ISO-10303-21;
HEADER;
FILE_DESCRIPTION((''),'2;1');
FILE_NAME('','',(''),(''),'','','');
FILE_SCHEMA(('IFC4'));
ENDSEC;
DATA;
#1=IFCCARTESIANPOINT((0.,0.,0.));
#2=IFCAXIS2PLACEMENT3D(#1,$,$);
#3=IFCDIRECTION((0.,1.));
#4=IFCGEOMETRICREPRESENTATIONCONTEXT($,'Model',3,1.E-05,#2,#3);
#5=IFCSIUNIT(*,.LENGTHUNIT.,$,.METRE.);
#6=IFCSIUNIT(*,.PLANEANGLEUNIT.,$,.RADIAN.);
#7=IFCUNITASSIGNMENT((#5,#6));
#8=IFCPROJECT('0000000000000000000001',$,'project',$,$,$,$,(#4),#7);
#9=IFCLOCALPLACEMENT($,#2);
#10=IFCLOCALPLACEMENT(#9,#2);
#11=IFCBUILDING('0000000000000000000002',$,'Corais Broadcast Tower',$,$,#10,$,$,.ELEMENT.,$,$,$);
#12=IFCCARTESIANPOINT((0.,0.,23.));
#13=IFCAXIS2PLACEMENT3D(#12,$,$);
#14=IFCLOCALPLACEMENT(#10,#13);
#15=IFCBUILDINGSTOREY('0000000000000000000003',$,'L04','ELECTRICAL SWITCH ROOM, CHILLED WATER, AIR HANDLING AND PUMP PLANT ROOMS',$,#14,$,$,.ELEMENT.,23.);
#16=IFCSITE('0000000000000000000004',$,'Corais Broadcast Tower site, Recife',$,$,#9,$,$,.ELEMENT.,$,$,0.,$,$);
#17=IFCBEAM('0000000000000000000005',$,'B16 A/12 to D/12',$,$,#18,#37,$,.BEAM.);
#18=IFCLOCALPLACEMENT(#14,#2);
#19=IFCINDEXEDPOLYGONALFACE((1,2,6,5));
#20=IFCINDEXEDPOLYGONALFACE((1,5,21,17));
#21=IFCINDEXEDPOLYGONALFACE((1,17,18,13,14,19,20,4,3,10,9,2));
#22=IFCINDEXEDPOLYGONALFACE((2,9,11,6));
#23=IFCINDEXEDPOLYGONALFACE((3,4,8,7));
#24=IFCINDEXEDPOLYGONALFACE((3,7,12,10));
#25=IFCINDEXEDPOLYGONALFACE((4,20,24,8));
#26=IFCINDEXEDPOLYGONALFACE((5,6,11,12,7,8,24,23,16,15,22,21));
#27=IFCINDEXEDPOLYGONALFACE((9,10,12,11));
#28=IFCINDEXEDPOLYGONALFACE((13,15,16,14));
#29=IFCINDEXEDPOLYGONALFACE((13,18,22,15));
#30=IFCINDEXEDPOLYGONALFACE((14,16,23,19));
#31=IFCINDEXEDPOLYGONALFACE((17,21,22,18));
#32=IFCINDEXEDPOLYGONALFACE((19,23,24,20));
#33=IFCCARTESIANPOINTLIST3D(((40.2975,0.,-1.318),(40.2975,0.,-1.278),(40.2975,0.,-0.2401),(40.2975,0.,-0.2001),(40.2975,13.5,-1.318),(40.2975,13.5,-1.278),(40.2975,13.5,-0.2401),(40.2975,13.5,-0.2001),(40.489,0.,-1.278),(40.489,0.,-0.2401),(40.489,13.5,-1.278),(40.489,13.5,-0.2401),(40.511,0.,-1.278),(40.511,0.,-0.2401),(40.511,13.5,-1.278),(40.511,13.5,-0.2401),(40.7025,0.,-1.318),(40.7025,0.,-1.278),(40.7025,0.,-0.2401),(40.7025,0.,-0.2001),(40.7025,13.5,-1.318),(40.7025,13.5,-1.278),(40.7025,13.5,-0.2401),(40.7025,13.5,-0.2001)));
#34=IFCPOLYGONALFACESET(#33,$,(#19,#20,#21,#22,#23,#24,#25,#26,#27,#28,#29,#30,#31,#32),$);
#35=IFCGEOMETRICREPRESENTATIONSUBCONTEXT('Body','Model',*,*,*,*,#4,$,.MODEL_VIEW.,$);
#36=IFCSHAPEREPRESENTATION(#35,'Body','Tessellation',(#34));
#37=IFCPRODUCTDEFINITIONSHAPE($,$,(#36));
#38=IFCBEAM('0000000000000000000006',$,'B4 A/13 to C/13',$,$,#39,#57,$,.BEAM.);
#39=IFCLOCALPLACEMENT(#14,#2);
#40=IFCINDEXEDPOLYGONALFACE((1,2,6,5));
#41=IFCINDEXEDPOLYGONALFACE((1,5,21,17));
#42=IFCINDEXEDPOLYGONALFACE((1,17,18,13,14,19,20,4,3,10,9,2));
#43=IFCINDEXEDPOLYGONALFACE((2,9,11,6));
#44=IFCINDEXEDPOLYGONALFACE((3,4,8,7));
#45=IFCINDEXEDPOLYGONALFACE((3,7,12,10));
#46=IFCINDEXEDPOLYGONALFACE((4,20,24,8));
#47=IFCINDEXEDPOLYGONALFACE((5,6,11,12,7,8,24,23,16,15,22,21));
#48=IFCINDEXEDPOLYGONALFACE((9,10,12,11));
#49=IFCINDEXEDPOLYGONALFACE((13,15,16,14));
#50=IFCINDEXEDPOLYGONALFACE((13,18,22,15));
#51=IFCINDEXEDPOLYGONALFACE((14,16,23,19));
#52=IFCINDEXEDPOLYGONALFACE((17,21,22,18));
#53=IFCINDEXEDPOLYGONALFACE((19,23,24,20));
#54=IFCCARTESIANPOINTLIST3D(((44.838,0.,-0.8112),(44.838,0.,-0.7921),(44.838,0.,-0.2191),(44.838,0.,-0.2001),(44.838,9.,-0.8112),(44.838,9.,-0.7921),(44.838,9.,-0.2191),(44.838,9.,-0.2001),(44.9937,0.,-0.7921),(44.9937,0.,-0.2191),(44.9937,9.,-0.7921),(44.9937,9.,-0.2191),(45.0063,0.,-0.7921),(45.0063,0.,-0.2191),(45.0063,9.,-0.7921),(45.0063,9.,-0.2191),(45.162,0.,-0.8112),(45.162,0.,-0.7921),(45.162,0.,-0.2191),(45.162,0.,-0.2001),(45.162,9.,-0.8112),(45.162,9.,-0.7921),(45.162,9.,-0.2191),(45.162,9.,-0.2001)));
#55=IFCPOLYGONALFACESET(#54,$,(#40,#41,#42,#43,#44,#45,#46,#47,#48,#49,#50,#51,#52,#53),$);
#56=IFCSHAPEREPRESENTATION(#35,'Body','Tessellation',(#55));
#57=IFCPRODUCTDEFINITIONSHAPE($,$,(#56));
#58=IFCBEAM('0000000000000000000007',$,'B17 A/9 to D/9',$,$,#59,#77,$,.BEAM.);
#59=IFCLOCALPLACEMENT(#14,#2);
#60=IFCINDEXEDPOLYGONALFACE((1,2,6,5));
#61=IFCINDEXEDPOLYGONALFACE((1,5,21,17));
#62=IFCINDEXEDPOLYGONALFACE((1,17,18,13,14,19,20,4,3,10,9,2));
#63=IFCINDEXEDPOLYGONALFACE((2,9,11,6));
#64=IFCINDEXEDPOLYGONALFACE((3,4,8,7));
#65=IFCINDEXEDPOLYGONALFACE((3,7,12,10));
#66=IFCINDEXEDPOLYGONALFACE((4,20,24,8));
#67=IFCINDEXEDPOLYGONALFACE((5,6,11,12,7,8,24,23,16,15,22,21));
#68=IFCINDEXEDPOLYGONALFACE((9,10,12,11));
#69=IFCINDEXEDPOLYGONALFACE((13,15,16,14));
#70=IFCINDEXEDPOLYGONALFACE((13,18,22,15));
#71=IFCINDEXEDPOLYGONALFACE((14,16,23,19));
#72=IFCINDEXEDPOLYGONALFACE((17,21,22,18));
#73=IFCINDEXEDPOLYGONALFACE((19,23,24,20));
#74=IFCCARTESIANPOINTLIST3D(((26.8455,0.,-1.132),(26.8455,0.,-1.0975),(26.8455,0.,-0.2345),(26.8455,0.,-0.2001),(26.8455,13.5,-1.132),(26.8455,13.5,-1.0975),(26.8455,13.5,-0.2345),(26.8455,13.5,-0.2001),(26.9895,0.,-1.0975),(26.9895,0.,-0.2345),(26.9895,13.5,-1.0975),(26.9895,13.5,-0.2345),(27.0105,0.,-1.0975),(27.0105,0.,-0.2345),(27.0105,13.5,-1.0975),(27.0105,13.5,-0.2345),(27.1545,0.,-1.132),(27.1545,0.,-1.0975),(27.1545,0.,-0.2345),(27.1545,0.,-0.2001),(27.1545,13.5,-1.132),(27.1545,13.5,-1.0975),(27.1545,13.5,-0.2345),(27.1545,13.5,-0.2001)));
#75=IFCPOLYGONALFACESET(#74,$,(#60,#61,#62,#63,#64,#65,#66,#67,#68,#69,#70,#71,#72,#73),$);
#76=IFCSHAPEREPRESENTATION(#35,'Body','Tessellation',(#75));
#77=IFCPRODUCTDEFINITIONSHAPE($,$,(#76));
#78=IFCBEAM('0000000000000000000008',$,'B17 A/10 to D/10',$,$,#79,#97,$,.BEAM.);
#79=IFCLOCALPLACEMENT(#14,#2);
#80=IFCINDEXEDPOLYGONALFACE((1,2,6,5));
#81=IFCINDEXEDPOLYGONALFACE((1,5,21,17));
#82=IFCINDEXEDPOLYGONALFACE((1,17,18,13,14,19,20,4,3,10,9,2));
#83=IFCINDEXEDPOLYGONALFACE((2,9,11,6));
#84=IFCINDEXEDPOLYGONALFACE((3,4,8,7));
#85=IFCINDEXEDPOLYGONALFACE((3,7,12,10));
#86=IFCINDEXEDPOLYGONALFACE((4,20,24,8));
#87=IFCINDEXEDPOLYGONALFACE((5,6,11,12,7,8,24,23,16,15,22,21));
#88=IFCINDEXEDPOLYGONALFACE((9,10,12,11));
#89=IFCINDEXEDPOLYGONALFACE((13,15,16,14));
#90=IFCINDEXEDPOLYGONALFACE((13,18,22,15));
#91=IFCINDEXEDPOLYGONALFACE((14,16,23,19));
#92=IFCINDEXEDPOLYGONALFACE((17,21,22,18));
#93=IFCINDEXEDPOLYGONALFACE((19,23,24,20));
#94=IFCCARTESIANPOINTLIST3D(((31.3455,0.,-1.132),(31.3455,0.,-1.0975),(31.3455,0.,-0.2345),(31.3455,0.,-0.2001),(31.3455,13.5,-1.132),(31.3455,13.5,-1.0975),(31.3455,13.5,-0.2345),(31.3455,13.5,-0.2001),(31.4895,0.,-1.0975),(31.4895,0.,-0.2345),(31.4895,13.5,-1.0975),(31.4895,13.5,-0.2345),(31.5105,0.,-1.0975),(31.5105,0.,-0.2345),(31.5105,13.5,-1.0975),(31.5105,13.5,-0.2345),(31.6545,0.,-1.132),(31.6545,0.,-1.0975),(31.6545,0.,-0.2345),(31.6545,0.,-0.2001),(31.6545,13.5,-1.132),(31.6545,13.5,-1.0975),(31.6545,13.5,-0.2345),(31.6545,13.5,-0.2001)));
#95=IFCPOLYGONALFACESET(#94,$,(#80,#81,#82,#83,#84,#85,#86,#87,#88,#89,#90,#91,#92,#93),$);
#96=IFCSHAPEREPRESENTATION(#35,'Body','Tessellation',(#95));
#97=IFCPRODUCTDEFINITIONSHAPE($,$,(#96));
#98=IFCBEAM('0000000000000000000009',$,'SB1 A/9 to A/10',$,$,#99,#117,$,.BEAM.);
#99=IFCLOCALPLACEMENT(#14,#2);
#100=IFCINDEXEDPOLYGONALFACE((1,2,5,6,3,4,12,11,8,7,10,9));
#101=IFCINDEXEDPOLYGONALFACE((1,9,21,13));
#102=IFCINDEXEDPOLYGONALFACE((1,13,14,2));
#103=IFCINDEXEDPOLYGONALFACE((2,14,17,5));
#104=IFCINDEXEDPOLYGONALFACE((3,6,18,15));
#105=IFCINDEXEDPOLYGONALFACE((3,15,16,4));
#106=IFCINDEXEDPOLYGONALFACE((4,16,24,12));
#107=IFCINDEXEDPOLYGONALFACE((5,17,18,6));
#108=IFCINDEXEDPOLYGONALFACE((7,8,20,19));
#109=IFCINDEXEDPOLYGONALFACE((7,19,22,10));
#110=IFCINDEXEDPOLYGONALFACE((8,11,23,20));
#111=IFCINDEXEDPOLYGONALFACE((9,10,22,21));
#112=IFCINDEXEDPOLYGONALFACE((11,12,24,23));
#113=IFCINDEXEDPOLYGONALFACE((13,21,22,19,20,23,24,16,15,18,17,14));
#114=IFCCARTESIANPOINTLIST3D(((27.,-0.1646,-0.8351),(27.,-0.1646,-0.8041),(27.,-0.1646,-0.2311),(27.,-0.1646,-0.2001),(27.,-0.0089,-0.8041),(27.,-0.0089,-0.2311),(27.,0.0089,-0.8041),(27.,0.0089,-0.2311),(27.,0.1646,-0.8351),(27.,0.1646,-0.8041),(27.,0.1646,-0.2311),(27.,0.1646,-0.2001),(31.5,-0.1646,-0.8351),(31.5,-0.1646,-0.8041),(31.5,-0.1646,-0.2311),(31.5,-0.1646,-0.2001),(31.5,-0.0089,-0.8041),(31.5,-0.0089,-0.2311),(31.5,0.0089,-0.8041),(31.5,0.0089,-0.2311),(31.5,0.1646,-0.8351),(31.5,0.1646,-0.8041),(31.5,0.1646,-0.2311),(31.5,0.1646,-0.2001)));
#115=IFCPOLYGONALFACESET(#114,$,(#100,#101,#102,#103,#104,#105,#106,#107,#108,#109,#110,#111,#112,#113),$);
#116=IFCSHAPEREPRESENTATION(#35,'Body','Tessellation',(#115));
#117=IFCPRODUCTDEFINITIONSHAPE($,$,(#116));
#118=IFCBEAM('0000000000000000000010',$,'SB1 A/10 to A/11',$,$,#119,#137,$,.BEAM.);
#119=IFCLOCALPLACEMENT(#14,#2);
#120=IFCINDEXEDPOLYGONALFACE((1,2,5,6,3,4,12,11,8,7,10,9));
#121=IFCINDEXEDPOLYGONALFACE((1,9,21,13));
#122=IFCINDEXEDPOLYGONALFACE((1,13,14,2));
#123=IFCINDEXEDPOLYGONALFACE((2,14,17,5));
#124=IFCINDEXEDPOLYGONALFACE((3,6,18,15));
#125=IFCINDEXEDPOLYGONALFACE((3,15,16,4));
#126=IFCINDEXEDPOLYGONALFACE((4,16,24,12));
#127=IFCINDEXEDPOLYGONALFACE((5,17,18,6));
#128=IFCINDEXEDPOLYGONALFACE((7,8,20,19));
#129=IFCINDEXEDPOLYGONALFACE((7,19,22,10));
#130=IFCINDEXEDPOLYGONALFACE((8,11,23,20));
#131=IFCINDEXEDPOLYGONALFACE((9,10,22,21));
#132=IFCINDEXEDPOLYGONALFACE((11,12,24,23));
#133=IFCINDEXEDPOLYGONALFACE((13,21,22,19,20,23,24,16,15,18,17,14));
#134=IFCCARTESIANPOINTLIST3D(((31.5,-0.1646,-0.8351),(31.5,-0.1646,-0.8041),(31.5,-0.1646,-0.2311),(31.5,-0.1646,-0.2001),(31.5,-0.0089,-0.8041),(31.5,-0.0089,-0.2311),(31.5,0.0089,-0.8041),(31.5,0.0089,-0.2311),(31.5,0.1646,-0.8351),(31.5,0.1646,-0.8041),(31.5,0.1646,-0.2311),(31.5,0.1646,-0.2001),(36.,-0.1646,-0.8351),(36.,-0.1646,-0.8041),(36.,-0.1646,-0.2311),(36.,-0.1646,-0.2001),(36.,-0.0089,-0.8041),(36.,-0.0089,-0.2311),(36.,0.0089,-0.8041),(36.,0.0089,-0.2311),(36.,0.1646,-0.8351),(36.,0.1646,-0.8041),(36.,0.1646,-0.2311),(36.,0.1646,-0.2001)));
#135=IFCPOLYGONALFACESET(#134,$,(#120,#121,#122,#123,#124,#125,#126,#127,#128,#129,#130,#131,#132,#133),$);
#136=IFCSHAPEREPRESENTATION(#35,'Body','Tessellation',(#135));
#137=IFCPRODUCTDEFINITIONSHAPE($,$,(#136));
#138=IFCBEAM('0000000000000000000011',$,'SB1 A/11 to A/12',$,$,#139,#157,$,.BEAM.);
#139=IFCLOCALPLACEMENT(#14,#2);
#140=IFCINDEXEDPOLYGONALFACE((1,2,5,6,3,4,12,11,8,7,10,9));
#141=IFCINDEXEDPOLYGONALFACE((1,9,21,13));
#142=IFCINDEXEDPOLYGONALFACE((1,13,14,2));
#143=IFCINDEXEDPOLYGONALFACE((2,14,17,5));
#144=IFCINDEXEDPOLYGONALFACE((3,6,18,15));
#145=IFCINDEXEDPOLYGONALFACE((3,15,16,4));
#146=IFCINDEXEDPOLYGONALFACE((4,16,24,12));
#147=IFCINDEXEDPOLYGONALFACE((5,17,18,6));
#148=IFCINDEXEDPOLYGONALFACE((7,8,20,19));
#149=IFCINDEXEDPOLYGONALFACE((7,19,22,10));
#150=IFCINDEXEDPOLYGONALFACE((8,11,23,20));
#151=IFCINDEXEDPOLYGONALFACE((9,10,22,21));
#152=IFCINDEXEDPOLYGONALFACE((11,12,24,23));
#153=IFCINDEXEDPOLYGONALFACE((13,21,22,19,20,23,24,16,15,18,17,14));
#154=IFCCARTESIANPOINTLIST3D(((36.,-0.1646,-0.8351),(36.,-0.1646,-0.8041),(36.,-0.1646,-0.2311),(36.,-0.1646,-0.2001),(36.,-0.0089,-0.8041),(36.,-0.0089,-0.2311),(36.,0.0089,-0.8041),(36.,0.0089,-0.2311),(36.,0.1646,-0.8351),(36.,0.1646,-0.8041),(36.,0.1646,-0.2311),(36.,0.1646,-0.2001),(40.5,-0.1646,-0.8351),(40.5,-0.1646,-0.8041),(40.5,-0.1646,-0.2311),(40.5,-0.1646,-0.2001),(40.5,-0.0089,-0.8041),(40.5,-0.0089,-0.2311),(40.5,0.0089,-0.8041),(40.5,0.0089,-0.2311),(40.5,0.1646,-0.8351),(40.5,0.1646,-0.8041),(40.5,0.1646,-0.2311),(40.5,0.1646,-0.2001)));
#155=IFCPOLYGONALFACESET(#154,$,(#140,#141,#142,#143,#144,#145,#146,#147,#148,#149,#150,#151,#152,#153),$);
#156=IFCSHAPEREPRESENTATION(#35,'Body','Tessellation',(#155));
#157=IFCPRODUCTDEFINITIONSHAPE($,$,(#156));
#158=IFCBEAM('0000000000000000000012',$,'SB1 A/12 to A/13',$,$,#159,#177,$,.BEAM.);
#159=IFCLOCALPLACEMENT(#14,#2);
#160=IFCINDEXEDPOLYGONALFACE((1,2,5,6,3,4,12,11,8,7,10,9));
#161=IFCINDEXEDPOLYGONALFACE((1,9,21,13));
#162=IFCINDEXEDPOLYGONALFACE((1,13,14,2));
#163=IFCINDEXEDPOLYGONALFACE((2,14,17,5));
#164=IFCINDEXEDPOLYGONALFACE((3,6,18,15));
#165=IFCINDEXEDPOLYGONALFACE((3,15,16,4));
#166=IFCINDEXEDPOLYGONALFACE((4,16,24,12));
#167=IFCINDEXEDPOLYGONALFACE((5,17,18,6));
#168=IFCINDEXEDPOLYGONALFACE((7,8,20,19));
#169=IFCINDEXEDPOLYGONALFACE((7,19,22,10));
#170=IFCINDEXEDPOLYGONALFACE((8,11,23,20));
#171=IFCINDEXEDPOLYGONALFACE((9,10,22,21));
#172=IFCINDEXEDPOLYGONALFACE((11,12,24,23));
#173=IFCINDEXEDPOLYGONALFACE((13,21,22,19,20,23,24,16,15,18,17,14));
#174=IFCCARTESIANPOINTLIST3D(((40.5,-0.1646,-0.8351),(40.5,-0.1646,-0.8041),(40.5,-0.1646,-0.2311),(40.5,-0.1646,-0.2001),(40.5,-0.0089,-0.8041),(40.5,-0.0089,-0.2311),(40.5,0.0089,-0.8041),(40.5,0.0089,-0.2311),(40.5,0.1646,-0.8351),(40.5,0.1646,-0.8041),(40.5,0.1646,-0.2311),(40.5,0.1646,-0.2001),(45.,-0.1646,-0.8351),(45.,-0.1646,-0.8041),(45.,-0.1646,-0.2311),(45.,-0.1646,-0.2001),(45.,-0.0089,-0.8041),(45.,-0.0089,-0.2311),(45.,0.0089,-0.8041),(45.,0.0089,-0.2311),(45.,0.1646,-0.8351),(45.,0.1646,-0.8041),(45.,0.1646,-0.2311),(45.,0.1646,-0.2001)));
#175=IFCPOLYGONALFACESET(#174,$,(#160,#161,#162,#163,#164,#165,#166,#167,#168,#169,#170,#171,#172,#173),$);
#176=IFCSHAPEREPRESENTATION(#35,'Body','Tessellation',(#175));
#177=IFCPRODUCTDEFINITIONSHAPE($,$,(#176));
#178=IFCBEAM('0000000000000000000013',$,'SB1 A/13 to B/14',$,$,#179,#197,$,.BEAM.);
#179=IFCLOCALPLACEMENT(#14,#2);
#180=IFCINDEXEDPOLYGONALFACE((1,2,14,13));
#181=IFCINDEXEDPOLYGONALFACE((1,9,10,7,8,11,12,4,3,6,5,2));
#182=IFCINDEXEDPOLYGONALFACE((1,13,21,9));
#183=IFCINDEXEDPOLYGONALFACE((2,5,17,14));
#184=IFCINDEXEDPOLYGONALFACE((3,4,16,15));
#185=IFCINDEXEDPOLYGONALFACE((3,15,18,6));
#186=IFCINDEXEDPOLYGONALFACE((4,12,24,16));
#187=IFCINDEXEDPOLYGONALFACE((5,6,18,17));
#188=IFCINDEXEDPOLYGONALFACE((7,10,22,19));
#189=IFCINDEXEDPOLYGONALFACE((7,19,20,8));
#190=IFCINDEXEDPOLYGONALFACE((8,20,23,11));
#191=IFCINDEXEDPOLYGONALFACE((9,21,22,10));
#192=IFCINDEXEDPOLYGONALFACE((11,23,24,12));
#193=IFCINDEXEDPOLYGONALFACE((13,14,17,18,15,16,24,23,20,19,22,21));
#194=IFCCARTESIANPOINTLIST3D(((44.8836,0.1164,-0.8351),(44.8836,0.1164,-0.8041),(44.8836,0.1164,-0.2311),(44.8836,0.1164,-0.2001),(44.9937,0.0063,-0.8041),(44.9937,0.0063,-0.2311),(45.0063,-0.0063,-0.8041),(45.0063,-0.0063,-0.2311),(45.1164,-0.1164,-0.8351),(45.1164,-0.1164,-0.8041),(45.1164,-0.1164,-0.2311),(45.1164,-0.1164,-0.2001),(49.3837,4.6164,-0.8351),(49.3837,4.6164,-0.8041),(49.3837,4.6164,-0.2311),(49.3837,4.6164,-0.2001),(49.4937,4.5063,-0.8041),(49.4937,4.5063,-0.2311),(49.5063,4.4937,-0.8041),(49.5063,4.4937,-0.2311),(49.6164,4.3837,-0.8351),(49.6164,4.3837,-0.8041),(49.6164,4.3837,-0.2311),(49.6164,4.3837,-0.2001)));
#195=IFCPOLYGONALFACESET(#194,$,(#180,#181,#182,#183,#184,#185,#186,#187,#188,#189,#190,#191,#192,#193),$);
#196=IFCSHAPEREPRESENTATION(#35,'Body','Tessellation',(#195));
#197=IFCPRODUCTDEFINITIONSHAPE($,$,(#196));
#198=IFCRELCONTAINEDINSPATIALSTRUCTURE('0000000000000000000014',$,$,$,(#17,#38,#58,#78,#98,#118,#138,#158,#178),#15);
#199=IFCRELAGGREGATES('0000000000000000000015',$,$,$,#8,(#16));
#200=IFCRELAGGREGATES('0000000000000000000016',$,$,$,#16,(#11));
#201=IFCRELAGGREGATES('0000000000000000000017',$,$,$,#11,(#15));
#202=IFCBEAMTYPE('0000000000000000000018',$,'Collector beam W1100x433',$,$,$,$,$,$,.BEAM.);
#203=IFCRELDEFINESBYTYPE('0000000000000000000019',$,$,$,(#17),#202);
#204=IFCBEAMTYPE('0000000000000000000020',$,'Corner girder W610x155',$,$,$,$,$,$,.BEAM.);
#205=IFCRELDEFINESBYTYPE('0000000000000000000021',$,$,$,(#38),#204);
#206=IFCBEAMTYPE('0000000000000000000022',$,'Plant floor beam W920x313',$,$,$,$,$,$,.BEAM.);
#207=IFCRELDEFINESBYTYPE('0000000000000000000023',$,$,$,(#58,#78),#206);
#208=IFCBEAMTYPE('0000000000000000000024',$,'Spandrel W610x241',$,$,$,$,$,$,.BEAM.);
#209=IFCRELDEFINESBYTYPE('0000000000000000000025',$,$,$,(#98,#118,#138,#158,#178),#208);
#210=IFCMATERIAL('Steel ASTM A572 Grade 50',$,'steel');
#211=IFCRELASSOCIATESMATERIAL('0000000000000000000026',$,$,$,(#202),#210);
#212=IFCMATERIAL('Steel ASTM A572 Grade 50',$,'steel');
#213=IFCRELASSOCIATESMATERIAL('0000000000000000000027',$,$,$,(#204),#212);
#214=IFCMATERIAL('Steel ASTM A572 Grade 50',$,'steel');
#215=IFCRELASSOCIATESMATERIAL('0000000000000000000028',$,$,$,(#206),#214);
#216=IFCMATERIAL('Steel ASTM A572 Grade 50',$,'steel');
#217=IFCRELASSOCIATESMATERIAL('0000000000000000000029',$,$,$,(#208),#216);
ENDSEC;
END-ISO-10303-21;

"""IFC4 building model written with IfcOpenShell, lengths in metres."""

from ifc_helpers import new_model, si_unit, direction, frame, origin, origin_2d, place, context, subcontext, project, spatial, i_section, extrude, material, material_profile, profile_set, type_object, element, save


model = new_model("IFC4")

# Units and contexts
model_context = context("Model", 3, precision=1e-05, world=origin(), true_north=direction((0.0, 1.0)))
body_context = subcontext(model_context, "Body", "Model", "MODEL_VIEW")
ifc_project = project(units=[si_unit("LENGTHUNIT", "METRE"), si_unit("PLANEANGLEUNIT", "RADIAN")], contexts=[model_context])

# Site, building, storey
site_placement = place(None, origin())
site = spatial("IfcSite", under=ifc_project, at=site_placement, Name="Corais Broadcast Tower site, Recife", CompositionType="ELEMENT", RefElevation=0.0)
building_placement = place(site_placement, origin())
building = spatial("IfcBuilding", under=site, at=building_placement, Name="Corais Broadcast Tower", CompositionType="ELEMENT")
storey_placement = place(building_placement, frame((0.0, 0.0, 23.0)))
storey = spatial("IfcBuildingStorey", under=building, at=storey_placement, Name="L04", Description="ELECTRICAL SWITCH ROOM, CHILLED WATER, AIR HANDLING AND PUMP PLANT ROOMS", CompositionType="ELEMENT", Elevation=23.0)

# Beams
ifc_material_1 = material(Name="Steel ASTM A572 Grade 50", Category="steel")
ifc_material_profile_1 = material_profile(ifc_material_1, i_section(OverallWidth=0.405, OverallDepth=1.1179, WebThickness=0.022, FlangeThickness=0.04, at=origin_2d()), Name="W1100x433")
ifc_profile_set_1 = profile_set([ifc_material_profile_1], Name="Steel ASTM A572 Grade 50")
beam_type_1 = type_object("IfcBeamType", Name="Collector beam W1100x433", PredefinedType="BEAM", material=ifc_profile_set_1)
for number, where, z_axis, x_axis, name in (
    (1, (40.5, 0.0, -0.759), (0.0, 1.0, 0.0), (-1.0, 0.0, 0.0), "B16 A/12 to D/12"),
):
    element("IfcBeam", number, at=place(storey_placement, frame(where, z_axis=z_axis, x_axis=x_axis)), inside=storey, type_object=beam_type_1, Name=name, PredefinedType="BEAM", context=body_context, shape_type="SweptSolid", body=[
        extrude(i_section(OverallWidth=0.405, OverallDepth=1.1179, WebThickness=0.022, FlangeThickness=0.04, at=origin_2d()), origin(), (0.0, 0.0, 1.0), 13.5),
    ])
ifc_material_2 = material(Name="Steel ASTM A572 Grade 50", Category="steel")
ifc_material_profile_2 = material_profile(ifc_material_2, i_section(OverallWidth=0.324, OverallDepth=0.6111, WebThickness=0.0127, FlangeThickness=0.019, at=origin_2d()), Name="W610x155")
ifc_profile_set_2 = profile_set([ifc_material_profile_2], Name="Steel ASTM A572 Grade 50")
beam_type_2 = type_object("IfcBeamType", Name="Corner girder W610x155", PredefinedType="BEAM", material=ifc_profile_set_2)
beam_1_placement = place(storey_placement, frame((45.0, 0.0, -0.5056), z_axis=(0.0, 1.0, 0.0), x_axis=(-1.0, 0.0, 0.0)))
element("IfcBeam", 2, at=beam_1_placement, inside=storey, type_object=beam_type_2, Name="B4 A/13 to C/13", PredefinedType="BEAM", context=body_context, shape_type="SweptSolid", body=[
    extrude(i_section(OverallWidth=0.324, OverallDepth=0.6111, WebThickness=0.0127, FlangeThickness=0.019, at=origin_2d()), origin(), (0.0, 0.0, 1.0), 9.0),
])
ifc_material_3 = material(Name="Steel ASTM A572 Grade 50", Category="steel")
ifc_material_profile_3 = material_profile(ifc_material_3, i_section(OverallWidth=0.3091, OverallDepth=0.9319, WebThickness=0.021, FlangeThickness=0.0344, at=origin_2d()), Name="W920x313")
ifc_profile_set_3 = profile_set([ifc_material_profile_3], Name="Steel ASTM A572 Grade 50")
beam_type_3 = type_object("IfcBeamType", Name="Plant floor beam W920x313", PredefinedType="BEAM", material=ifc_profile_set_3)
for number, where, z_axis, x_axis, name in (
    (3, (27.0, 0.0, -0.666), (0.0, 1.0, 0.0), (-1.0, 0.0, 0.0), "B17 A/9 to D/9"),
    (4, (31.5, 0.0, -0.666), (0.0, 1.0, 0.0), (-1.0, 0.0, 0.0), "B17 A/10 to D/10"),
):
    element("IfcBeam", number, at=place(storey_placement, frame(where, z_axis=z_axis, x_axis=x_axis)), inside=storey, type_object=beam_type_3, Name=name, PredefinedType="BEAM", context=body_context, shape_type="SweptSolid", body=[
        extrude(i_section(OverallWidth=0.3091, OverallDepth=0.9319, WebThickness=0.021, FlangeThickness=0.0344, at=origin_2d()), origin(), (0.0, 0.0, 1.0), 13.5),
    ])
ifc_material_4 = material(Name="Steel ASTM A572 Grade 50", Category="steel")
ifc_material_profile_4 = material_profile(ifc_material_4, i_section(OverallWidth=0.3291, OverallDepth=0.635, WebThickness=0.0178, FlangeThickness=0.031, at=origin_2d()), Name="W610x241")
ifc_profile_set_4 = profile_set([ifc_material_profile_4], Name="Steel ASTM A572 Grade 50")
beam_type_4 = type_object("IfcBeamType", Name="Spandrel W610x241", PredefinedType="BEAM", material=ifc_profile_set_4)
for number, where, z_axis, x_axis, name in (
    (5, (27.0, 0.0, -0.5176), (1.0, 0.0, 0.0), (0.0, 1.0, 0.0), "SB1 A/9 to A/10"),
    (6, (31.5, 0.0, -0.5176), (1.0, 0.0, 0.0), (0.0, 1.0, 0.0), "SB1 A/10 to A/11"),
    (7, (36.0, 0.0, -0.5176), (1.0, 0.0, 0.0), (0.0, 1.0, 0.0), "SB1 A/11 to A/12"),
    (8, (40.5, 0.0, -0.5176), (1.0, 0.0, 0.0), (0.0, 1.0, 0.0), "SB1 A/12 to A/13"),
):
    element("IfcBeam", number, at=place(storey_placement, frame(where, z_axis=z_axis, x_axis=x_axis)), inside=storey, type_object=beam_type_4, Name=name, PredefinedType="BEAM", context=body_context, shape_type="SweptSolid", body=[
        extrude(i_section(OverallWidth=0.3291, OverallDepth=0.635, WebThickness=0.0178, FlangeThickness=0.031, at=origin_2d()), origin(), (0.0, 0.0, 1.0), 4.5),
    ])
beam_2_placement = place(storey_placement, frame((45.0, 0.0, -0.5176), z_axis=(0.707107, 0.707107, 0.0), x_axis=(-0.707107, 0.707107, 0.0)))
element("IfcBeam", 9, at=beam_2_placement, inside=storey, type_object=beam_type_4, Name="SB1 A/13 to B/14", PredefinedType="BEAM", context=body_context, shape_type="SweptSolid", body=[
    extrude(i_section(OverallWidth=0.3291, OverallDepth=0.635, WebThickness=0.0178, FlangeThickness=0.031, at=origin_2d()), origin(), (0.0, 0.0, 1.0), 6.364),
])

save(model, "model.ifc")
